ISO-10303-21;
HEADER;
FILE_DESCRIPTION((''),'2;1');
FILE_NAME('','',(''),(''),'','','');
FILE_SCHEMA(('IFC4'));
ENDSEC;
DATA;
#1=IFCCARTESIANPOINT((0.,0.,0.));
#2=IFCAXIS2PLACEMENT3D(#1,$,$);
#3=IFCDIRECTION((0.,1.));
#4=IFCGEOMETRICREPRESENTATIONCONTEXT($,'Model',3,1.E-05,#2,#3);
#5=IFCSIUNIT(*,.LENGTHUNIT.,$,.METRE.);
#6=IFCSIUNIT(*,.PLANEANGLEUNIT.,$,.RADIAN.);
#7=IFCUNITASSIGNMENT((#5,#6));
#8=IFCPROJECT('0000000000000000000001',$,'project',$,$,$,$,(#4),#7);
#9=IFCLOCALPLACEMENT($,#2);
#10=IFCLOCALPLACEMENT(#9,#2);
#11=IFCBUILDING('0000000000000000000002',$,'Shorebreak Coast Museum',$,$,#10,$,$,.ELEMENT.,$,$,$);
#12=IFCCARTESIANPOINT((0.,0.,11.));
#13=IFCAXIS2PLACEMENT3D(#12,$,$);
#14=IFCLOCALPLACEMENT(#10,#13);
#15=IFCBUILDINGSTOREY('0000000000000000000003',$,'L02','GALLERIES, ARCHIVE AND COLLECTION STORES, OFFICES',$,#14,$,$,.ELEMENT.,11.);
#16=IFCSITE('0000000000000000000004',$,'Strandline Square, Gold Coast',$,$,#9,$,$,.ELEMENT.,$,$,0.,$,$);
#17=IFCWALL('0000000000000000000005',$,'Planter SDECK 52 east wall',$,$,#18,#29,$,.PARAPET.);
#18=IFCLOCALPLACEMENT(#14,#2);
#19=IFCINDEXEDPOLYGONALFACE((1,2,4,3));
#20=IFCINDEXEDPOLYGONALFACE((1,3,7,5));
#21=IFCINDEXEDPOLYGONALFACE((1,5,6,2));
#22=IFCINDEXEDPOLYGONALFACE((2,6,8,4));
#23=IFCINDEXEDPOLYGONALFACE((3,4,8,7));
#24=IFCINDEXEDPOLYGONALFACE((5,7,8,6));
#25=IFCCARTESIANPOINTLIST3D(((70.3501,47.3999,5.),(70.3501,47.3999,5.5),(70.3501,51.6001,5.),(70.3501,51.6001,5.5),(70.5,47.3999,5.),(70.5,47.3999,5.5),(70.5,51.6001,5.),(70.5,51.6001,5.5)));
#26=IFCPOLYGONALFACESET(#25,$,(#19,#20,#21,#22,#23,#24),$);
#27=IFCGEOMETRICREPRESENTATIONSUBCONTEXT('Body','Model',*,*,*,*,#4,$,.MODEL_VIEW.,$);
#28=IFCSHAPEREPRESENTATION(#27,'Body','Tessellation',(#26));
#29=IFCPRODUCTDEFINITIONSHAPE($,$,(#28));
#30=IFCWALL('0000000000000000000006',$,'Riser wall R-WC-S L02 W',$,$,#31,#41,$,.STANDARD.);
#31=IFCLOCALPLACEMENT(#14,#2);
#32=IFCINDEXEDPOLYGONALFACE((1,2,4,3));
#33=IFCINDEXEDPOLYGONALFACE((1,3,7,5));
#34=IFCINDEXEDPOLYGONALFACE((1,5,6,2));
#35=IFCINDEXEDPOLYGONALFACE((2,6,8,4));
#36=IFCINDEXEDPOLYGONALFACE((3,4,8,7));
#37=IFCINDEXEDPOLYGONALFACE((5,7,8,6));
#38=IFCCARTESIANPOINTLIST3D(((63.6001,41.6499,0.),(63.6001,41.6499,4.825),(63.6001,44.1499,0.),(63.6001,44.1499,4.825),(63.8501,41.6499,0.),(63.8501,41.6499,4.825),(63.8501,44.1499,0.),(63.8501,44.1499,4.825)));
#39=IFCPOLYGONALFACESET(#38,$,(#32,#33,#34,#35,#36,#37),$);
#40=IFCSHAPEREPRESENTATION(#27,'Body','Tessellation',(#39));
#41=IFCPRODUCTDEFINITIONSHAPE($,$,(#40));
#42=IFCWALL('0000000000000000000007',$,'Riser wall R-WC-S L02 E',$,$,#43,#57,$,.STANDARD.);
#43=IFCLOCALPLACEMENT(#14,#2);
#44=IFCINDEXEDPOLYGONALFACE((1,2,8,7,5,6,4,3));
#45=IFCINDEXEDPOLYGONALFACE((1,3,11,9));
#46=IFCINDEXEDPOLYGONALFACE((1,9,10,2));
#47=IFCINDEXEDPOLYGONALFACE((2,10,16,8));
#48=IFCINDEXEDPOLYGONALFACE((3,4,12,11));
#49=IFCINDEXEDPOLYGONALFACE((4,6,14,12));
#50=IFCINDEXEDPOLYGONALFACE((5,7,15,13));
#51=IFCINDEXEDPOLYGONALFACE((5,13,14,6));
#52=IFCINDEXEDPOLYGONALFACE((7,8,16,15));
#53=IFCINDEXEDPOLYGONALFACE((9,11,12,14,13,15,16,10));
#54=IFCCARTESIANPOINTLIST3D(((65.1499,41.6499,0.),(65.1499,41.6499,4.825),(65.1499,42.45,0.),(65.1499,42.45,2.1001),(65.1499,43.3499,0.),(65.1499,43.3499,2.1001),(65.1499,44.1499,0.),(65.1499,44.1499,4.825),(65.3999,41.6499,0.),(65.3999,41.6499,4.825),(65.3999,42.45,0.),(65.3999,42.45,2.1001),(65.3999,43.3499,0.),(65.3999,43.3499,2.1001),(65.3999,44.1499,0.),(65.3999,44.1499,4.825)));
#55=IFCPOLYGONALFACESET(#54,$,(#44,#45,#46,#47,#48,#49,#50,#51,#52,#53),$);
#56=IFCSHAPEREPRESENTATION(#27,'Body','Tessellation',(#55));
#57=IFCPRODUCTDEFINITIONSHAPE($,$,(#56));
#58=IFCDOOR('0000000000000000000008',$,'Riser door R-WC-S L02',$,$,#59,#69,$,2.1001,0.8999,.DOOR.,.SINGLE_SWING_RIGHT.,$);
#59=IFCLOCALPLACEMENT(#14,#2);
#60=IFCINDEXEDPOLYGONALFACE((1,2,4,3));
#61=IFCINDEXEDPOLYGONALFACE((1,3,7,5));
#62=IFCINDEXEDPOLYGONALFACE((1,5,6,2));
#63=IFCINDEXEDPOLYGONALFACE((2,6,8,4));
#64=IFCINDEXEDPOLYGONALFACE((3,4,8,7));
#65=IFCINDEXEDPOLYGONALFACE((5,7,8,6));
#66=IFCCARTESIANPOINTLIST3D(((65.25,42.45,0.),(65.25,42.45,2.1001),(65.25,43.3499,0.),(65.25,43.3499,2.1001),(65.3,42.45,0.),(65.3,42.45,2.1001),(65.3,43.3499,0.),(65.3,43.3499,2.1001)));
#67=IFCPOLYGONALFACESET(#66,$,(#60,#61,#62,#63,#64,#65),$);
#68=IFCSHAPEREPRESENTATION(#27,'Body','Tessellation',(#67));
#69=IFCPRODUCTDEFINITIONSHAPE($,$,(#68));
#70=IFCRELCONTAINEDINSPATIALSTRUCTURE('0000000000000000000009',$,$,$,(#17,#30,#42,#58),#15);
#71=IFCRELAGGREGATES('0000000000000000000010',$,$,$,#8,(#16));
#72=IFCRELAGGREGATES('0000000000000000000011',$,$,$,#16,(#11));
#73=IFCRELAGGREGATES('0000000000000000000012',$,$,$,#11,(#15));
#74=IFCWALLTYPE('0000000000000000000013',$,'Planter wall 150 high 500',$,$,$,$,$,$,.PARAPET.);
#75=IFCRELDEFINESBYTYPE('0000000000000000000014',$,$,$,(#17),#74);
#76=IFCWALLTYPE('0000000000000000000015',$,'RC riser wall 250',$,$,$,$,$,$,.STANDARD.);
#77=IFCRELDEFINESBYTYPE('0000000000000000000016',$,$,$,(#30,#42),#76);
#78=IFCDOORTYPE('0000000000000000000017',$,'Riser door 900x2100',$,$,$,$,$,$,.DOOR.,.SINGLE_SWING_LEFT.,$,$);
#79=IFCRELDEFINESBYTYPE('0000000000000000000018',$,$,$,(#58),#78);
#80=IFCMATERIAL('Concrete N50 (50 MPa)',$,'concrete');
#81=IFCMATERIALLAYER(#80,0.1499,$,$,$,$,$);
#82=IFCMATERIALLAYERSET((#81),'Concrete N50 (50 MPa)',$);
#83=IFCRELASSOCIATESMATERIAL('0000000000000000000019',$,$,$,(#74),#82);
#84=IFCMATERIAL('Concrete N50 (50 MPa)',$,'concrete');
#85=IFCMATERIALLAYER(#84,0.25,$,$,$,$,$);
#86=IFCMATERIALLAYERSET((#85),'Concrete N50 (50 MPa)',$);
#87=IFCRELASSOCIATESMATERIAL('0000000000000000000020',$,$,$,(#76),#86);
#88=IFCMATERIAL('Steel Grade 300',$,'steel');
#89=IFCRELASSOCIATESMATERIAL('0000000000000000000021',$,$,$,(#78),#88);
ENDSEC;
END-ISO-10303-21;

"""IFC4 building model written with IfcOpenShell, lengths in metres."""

from ifc_helpers import new_model, si_unit, direction, frame, frame_2d, origin, place, context, subcontext, project, spatial, rectangle, extrude, material, layer, layer_set, type_object, element, fill, save


model = new_model("IFC4")

# Units and contexts
model_context = context("Model", 3, precision=1e-05, world=origin(), true_north=direction((0.0, 1.0)))
body_context = subcontext(model_context, "Body", "Model", "MODEL_VIEW")
ifc_project = project(units=[si_unit("LENGTHUNIT", "METRE"), si_unit("PLANEANGLEUNIT", "RADIAN")], contexts=[model_context])

# Site, building, storey
site_placement = place(None, origin())
site = spatial("IfcSite", under=ifc_project, at=site_placement, Name="Strandline Square, Gold Coast", CompositionType="ELEMENT", RefElevation=0.0)
building_placement = place(site_placement, origin())
building = spatial("IfcBuilding", under=site, at=building_placement, Name="Shorebreak Coast Museum", CompositionType="ELEMENT")
storey_placement = place(building_placement, frame((0.0, 0.0, 11.0)))
storey = spatial("IfcBuildingStorey", under=building, at=storey_placement, Name="L02", Description="GALLERIES, ARCHIVE AND COLLECTION STORES, OFFICES", CompositionType="ELEMENT", Elevation=11.0)

# Walls
ifc_material_1 = material(Name="Concrete N50 (50 MPa)", Category="concrete")
ifc_layer_1 = layer(ifc_material_1, 0.1499)
ifc_layer_set_1 = layer_set([ifc_layer_1], Name="Concrete N50 (50 MPa)")
wall_type_1 = type_object("IfcWallType", Name="Planter wall 150 high 500", PredefinedType="PARAPET", material=ifc_layer_set_1)
for number, where, z_axis, x_axis, name in (
    (1, (70.425, 47.3999, 5.0), (0.0, 0.0, 1.0), (0.0, 1.0, 0.0), "Planter SDECK 52 east wall"),
):
    element("IfcWall", number, at=place(storey_placement, frame(where, z_axis=z_axis, x_axis=x_axis)), inside=storey, type_object=wall_type_1, Name=name, PredefinedType="PARAPET", context=body_context, shape_type="SweptSolid", body=[
        extrude(rectangle(XDim=4.2002, YDim=0.1499, at=frame_2d((2.1001, 0.0))), origin(), (0.0, 0.0, 1.0), 0.5),
    ])
ifc_material_2 = material(Name="Concrete N50 (50 MPa)", Category="concrete")
ifc_layer_2 = layer(ifc_material_2, 0.25)
ifc_layer_set_2 = layer_set([ifc_layer_2], Name="Concrete N50 (50 MPa)")
wall_type_2 = type_object("IfcWallType", Name="RC riser wall 250", PredefinedType="STANDARD", material=ifc_layer_set_2)
wall_1_placement = place(storey_placement, frame((63.7251, 41.6499, 0.0), z_axis=(0.0, 0.0, 1.0), x_axis=(0.0, 1.0, 0.0)))
element("IfcWall", 2, at=wall_1_placement, inside=storey, type_object=wall_type_2, Name="Riser wall R-WC-S L02 W", PredefinedType="STANDARD", context=body_context, shape_type="SweptSolid", body=[
    extrude(rectangle(XDim=2.5, YDim=0.25, at=frame_2d((1.25, 0.0))), origin(), (0.0, 0.0, 1.0), 4.825),
])

# Wall, opening, door
wall_2_placement = place(storey_placement, frame((65.2749, 41.6499, 0.0), z_axis=(0.0, 0.0, 1.0), x_axis=(0.0, 1.0, 0.0)))
wall_2 = element("IfcWall", 3, at=wall_2_placement, inside=storey, type_object=wall_type_2, Name="Riser wall R-WC-S L02 E", PredefinedType="STANDARD", context=body_context, shape_type="SweptSolid", body=[
    extrude(rectangle(XDim=2.5, YDim=0.25, at=frame_2d((1.25, 0.0))), origin(), (0.0, 0.0, 1.0), 4.825),
])
opening_1_placement = place(wall_2_placement, frame((0.8, 0.0, 0.0)))
opening_1 = element("IfcOpeningElement", 4, at=opening_1_placement, cuts=wall_2, PredefinedType="OPENING", context=body_context, shape_type="SweptSolid", body=[
    extrude(rectangle(XDim=0.8999, YDim=2.1001, at=frame_2d((0.45, 1.05))), frame((0.0, 0.135, 0.0), z_axis=(0.0, -1.0, 0.0), x_axis=(1.0, 0.0, 0.0)), (0.0, 0.0, 1.0), 0.27),
])
ifc_material_3 = material(Name="Steel Grade 300", Category="steel")
door_type_1 = type_object("IfcDoorType", Name="Riser door 900x2100", OperationType="SINGLE_SWING_LEFT", PredefinedType="DOOR", material=ifc_material_3)
door_1_placement = place(opening_1_placement, origin())
door_1 = element("IfcDoor", 5, at=door_1_placement, inside=storey, type_object=door_type_1, Name="Riser door R-WC-S L02", OperationType="SINGLE_SWING_RIGHT", OverallHeight=2.1001, OverallWidth=0.8999, PredefinedType="DOOR", context=body_context, shape_type="SweptSolid", body=[
    extrude(rectangle(XDim=0.8999, YDim=2.1001, at=frame_2d((0.45, 1.05))), frame((0.0, 0.0249, 0.0), z_axis=(0.0, -1.0, 0.0), x_axis=(1.0, 0.0, 0.0)), (0.0, 0.0, 1.0), 0.05),
])
fill(opening_1, door_1)

save(model, "model.ifc")
